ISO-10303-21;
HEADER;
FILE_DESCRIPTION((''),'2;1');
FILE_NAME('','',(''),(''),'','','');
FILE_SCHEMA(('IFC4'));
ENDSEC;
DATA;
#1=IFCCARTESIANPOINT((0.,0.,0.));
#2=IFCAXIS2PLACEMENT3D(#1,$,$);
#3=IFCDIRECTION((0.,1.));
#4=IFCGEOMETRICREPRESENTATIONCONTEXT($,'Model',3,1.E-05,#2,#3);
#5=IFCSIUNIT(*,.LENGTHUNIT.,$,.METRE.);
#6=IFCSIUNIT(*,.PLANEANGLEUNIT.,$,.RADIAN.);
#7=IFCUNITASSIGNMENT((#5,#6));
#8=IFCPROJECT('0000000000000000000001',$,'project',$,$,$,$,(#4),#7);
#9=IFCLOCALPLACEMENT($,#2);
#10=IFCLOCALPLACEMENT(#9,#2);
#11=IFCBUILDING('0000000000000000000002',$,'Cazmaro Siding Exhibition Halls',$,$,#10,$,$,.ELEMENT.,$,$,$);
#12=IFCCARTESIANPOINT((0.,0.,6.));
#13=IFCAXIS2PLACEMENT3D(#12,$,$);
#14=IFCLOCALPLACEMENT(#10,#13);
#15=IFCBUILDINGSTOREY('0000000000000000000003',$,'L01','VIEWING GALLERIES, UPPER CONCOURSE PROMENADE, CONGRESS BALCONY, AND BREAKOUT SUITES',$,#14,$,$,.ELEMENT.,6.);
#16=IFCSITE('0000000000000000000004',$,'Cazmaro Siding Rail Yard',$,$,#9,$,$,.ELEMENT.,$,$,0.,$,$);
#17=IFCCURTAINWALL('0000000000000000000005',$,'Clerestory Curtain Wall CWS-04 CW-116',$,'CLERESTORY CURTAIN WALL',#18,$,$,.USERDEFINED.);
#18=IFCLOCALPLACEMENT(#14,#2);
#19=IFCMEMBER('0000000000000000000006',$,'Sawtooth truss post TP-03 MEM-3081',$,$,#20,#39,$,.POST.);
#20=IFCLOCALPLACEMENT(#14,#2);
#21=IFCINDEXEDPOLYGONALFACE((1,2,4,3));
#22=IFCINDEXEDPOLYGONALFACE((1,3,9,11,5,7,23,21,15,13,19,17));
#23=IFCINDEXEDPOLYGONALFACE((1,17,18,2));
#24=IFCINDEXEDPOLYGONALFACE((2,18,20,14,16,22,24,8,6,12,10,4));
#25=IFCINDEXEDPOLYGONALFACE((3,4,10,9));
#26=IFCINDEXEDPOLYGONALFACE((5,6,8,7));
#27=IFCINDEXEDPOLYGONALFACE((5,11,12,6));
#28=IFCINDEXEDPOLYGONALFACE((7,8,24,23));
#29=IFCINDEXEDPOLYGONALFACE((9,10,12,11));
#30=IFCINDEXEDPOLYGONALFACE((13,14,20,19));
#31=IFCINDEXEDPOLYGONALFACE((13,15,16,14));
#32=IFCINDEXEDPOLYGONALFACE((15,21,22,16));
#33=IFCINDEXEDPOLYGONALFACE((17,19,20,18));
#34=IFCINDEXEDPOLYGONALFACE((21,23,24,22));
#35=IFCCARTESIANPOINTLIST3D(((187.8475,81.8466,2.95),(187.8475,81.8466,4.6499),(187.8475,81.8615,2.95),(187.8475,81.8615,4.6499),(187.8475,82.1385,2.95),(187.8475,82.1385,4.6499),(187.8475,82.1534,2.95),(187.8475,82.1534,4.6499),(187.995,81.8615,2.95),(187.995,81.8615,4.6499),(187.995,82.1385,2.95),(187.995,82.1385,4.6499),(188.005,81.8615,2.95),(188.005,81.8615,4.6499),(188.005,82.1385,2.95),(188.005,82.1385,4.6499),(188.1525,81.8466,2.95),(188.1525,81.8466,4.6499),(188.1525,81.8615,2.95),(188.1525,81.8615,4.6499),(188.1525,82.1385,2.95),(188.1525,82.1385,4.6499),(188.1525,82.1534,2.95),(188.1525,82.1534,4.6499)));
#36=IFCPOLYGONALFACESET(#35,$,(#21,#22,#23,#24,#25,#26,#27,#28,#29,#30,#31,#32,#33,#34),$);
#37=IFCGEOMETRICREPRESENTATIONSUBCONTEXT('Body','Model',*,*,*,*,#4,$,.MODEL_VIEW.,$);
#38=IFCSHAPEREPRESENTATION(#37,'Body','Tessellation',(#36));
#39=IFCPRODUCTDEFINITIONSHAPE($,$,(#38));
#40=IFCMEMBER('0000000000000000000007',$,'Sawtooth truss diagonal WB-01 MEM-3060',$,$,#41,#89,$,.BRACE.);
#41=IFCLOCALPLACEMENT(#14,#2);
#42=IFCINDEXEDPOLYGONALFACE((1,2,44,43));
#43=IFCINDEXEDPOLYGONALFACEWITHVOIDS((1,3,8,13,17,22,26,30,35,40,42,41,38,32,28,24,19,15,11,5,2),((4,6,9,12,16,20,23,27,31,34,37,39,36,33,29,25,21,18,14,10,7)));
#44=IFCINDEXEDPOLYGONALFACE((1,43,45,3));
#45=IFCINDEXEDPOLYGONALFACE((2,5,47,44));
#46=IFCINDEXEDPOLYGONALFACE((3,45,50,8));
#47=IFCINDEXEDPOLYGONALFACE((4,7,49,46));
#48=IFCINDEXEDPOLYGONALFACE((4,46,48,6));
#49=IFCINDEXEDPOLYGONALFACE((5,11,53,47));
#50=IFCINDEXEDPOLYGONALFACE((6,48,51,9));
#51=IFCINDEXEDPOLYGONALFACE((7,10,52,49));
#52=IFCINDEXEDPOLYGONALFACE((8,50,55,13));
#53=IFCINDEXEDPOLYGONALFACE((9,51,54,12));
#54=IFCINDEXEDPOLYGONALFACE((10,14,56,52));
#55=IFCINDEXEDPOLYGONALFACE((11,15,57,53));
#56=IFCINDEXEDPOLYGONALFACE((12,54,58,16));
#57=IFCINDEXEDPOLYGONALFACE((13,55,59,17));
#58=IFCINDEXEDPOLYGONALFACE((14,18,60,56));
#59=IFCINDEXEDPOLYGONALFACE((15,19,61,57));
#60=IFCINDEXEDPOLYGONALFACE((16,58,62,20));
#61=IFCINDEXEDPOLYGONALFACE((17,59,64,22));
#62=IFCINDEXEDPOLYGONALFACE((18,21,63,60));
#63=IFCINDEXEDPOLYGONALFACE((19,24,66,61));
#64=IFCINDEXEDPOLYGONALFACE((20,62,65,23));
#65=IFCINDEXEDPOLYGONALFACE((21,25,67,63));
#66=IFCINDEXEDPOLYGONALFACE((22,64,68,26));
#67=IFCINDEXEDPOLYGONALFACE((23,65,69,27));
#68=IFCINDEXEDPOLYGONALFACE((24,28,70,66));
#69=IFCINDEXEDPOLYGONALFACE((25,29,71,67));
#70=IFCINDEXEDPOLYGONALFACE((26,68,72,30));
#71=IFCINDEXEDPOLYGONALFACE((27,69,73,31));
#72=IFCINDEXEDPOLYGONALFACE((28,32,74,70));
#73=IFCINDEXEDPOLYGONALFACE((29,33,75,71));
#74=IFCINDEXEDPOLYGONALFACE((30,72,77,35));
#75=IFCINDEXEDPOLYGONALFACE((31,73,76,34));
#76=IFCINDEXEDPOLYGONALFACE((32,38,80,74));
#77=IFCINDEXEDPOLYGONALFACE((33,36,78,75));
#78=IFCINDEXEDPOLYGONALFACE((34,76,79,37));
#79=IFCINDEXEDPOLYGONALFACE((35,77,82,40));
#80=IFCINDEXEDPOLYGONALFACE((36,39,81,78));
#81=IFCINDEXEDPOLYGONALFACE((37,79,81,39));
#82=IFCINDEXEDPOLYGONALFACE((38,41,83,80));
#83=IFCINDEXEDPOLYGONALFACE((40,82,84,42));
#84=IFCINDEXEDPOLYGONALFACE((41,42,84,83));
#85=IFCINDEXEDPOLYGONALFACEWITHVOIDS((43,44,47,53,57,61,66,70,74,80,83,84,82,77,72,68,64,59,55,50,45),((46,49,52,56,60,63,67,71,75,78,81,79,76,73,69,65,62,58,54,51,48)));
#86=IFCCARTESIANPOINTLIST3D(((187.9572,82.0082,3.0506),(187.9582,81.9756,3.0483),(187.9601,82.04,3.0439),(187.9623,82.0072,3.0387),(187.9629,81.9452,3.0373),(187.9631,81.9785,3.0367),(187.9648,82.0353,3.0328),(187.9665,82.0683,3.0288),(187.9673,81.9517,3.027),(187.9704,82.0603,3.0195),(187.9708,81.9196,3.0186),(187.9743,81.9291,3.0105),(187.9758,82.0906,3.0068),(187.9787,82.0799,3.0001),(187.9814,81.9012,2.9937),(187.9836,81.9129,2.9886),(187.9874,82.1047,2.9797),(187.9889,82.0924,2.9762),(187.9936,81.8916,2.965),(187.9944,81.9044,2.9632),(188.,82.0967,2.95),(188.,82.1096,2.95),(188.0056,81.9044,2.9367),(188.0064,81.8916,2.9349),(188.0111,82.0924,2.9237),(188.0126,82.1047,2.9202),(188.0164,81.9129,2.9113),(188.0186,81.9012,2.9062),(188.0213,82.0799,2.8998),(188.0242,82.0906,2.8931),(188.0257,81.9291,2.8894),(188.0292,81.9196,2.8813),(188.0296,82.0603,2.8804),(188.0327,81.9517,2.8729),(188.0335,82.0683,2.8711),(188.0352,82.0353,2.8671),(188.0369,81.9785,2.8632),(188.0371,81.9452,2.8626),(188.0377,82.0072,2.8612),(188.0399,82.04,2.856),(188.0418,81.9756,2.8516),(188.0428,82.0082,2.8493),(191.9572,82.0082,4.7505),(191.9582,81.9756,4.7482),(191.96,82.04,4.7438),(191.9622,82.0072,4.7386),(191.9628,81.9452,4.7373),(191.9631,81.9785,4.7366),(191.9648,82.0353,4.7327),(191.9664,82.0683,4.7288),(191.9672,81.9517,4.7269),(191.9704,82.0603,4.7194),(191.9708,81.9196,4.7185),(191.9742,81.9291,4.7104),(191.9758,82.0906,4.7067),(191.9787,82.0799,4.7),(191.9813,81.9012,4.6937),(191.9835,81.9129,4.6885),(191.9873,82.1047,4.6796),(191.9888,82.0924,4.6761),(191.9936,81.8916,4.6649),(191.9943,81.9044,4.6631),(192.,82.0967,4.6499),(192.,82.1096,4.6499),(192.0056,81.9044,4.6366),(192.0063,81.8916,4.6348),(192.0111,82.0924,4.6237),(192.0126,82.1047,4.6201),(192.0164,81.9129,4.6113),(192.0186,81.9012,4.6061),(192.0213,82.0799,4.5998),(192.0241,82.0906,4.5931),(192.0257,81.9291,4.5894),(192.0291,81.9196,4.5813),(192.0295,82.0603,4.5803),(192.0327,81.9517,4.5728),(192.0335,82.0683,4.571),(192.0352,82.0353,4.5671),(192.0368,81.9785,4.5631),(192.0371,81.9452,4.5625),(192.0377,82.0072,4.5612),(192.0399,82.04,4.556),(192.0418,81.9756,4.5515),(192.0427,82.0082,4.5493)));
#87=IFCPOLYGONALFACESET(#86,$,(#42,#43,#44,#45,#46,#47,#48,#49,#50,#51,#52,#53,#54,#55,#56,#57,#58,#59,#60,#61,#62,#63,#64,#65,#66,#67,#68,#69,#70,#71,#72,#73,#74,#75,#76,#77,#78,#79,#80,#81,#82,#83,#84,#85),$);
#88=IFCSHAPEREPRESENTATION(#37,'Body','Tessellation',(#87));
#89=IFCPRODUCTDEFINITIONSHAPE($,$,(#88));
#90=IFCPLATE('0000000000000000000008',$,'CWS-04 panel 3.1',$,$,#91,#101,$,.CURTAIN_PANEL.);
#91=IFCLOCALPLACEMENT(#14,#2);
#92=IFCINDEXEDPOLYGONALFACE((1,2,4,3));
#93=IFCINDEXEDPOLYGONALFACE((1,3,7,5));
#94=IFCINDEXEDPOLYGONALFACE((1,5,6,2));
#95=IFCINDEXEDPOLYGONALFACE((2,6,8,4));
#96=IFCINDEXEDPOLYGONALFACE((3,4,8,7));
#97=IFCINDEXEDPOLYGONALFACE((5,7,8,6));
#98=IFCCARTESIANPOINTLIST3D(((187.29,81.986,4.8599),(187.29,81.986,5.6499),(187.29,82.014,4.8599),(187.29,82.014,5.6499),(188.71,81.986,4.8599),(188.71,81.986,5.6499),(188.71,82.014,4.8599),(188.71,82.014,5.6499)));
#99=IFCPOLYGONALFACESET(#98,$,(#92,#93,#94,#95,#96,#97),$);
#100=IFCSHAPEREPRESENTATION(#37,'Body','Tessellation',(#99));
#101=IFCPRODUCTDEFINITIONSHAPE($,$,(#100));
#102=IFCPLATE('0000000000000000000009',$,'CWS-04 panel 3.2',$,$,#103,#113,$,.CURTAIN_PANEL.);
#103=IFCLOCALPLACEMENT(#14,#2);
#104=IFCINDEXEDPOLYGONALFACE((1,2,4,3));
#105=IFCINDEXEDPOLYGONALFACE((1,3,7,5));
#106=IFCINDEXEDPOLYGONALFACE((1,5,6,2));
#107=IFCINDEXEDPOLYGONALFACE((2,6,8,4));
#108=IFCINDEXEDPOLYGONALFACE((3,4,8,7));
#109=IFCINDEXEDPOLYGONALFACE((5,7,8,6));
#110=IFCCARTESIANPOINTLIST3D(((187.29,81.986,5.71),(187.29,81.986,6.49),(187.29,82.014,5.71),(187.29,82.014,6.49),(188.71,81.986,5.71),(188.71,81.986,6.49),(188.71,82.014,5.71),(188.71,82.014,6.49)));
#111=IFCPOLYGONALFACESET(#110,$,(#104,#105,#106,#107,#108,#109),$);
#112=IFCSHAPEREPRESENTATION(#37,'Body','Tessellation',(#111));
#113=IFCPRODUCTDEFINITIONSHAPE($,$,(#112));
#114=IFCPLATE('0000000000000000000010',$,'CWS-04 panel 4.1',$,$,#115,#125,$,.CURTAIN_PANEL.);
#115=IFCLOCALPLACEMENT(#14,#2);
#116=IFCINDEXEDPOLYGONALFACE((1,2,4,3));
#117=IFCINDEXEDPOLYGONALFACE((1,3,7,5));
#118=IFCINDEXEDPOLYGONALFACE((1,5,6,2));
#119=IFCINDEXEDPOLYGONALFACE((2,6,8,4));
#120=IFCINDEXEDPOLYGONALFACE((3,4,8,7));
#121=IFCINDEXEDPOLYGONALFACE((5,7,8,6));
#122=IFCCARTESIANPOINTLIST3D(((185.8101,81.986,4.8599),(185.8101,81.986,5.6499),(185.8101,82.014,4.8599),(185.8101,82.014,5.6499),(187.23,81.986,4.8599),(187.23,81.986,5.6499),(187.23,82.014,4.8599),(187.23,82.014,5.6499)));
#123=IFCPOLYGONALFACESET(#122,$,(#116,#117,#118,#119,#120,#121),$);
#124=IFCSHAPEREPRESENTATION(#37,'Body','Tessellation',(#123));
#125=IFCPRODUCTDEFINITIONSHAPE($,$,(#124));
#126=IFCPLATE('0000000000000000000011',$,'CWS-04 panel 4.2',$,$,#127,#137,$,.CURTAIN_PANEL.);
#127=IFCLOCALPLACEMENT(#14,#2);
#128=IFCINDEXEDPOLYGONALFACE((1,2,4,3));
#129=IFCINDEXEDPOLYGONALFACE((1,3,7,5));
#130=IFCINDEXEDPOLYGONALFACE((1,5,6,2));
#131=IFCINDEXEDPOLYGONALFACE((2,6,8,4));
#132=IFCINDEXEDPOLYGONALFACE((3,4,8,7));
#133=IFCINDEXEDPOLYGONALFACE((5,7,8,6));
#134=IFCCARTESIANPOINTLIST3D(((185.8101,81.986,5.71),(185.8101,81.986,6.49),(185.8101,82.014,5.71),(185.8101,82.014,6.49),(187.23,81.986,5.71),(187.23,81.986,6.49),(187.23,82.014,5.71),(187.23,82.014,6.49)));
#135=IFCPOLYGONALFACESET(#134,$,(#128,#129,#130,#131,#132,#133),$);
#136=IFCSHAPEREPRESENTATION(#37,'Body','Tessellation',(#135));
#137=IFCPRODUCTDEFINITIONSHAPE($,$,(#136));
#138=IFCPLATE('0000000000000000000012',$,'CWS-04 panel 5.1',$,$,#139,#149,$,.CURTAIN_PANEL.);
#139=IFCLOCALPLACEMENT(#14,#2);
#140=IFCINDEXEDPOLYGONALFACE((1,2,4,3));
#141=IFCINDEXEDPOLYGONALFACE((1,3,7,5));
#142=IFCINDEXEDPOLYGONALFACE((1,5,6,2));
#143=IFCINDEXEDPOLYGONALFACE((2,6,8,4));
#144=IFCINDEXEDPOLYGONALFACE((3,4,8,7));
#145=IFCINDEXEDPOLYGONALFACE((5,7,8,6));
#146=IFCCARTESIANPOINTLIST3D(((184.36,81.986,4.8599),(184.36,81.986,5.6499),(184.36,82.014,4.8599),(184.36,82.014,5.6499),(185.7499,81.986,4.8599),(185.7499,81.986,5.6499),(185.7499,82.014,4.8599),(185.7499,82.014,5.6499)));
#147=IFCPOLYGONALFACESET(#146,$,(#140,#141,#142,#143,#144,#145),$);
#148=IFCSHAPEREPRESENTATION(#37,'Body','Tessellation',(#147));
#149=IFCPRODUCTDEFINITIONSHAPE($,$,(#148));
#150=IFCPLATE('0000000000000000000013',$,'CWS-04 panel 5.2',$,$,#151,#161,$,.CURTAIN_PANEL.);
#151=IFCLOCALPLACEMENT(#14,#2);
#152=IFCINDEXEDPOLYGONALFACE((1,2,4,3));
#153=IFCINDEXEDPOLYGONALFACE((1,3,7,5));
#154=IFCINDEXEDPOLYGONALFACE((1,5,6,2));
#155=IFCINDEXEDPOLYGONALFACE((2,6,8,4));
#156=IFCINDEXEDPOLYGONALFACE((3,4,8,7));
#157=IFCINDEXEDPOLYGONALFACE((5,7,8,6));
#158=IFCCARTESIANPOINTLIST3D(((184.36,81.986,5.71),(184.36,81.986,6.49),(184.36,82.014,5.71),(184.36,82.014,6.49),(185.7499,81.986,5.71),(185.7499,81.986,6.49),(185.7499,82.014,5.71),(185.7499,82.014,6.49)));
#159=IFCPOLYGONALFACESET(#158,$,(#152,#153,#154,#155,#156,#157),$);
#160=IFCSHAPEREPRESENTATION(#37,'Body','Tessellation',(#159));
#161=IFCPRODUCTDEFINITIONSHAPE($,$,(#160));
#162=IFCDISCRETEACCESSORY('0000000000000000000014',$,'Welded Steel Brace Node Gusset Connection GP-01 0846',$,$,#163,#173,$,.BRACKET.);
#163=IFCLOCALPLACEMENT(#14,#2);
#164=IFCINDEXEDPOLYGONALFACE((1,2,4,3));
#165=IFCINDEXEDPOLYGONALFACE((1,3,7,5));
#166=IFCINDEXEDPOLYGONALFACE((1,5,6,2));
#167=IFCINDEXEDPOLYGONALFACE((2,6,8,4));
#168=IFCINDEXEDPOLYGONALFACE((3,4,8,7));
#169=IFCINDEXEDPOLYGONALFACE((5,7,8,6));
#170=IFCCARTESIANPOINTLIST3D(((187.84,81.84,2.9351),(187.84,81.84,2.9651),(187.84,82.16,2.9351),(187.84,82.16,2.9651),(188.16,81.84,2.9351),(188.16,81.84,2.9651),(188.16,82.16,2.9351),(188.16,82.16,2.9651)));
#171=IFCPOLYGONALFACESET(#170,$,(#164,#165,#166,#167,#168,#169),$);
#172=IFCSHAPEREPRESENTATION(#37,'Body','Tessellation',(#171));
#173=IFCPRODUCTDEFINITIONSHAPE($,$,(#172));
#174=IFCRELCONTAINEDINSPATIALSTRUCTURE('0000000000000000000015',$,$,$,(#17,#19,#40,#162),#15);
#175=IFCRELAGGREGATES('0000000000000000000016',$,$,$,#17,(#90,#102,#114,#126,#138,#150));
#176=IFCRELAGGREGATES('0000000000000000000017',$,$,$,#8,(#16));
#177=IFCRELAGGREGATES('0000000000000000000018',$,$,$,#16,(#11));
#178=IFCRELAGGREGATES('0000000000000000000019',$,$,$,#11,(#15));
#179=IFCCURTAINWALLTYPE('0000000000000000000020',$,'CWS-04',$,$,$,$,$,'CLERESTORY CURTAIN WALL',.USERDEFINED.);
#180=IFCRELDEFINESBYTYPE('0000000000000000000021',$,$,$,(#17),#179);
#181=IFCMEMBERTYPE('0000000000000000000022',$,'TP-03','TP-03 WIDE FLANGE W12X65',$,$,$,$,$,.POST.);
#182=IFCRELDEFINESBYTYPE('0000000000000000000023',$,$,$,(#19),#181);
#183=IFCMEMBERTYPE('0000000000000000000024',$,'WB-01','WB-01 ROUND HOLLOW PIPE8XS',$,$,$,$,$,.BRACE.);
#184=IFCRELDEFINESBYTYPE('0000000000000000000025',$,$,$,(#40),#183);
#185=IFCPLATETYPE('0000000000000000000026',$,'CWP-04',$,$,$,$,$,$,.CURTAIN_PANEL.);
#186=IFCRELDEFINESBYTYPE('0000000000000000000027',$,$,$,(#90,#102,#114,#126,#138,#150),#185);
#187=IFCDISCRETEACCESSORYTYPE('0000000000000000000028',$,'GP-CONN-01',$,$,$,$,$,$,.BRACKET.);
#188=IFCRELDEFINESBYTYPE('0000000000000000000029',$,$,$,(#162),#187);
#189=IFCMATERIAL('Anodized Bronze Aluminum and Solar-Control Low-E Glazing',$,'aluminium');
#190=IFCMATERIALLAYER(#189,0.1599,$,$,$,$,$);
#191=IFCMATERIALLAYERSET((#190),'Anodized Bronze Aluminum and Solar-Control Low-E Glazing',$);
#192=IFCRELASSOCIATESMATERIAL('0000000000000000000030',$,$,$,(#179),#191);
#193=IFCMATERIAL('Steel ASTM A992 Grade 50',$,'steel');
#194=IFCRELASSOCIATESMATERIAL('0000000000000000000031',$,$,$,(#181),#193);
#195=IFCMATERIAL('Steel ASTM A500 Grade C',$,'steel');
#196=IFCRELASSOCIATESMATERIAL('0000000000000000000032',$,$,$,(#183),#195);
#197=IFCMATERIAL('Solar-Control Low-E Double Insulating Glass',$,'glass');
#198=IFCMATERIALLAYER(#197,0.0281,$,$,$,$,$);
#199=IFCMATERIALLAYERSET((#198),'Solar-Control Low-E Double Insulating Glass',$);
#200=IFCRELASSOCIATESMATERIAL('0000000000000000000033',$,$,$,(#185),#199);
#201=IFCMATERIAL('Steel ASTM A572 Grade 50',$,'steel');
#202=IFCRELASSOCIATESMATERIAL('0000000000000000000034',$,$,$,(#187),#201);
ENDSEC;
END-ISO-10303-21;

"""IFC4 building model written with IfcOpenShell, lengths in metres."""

from ifc_helpers import new_model, si_unit, direction, frame, origin, origin_2d, place, context, subcontext, project, spatial, rectangle, hollow_circle, i_section, extrude, material, layer, layer_set, material_profile, profile_set, type_object, element, aggregate, save


model = new_model("IFC4")

# Units and contexts
model_context = context("Model", 3, precision=1e-05, world=origin(), true_north=direction((0.0, 1.0)))
body_context = subcontext(model_context, "Body", "Model", "MODEL_VIEW")
ifc_project = project(units=[si_unit("LENGTHUNIT", "METRE"), si_unit("PLANEANGLEUNIT", "RADIAN")], contexts=[model_context])

# Site, building, storey
site_placement = place(None, origin())
site = spatial("IfcSite", under=ifc_project, at=site_placement, Name="Cazmaro Siding Rail Yard", CompositionType="ELEMENT", RefElevation=0.0)
building_placement = place(site_placement, origin())
building = spatial("IfcBuilding", under=site, at=building_placement, Name="Cazmaro Siding Exhibition Halls", CompositionType="ELEMENT")
storey_placement = place(building_placement, frame((0.0, 0.0, 6.0)))
storey = spatial("IfcBuildingStorey", under=building, at=storey_placement, Name="L01", Description="VIEWING GALLERIES, UPPER CONCOURSE PROMENADE, CONGRESS BALCONY, AND BREAKOUT SUITES", CompositionType="ELEMENT", Elevation=6.0)

# Curtain wall
ifc_material_1 = material(Name="Anodized Bronze Aluminum and Solar-Control Low-E Glazing", Category="aluminium")
ifc_layer_1 = layer(ifc_material_1, 0.1599)
ifc_layer_set_1 = layer_set([ifc_layer_1], Name="Anodized Bronze Aluminum and Solar-Control Low-E Glazing")
curtain_wall_type = type_object("IfcCurtainWallType", Name="CWS-04", ElementType="CLERESTORY CURTAIN WALL", PredefinedType="USERDEFINED", material=ifc_layer_set_1)
curtain_wall_placement = place(storey_placement, origin())
curtain_wall = element("IfcCurtainWall", 1, at=curtain_wall_placement, inside=storey, type_object=curtain_wall_type, Name="Clerestory Curtain Wall CWS-04 CW-116", ObjectType="CLERESTORY CURTAIN WALL", PredefinedType="USERDEFINED")

# Members
ifc_material_2 = material(Name="Steel ASTM A992 Grade 50", Category="steel")
ifc_material_profile_1 = material_profile(ifc_material_2, i_section(OverallWidth=0.3049, OverallDepth=0.3069, WebThickness=0.01, FlangeThickness=0.0149, at=origin_2d()), Name="W12X65")
ifc_profile_set_1 = profile_set([ifc_material_profile_1], Name="Steel ASTM A992 Grade 50")
member_type_1 = type_object("IfcMemberType", Name="TP-03", Description="TP-03 WIDE FLANGE W12X65", PredefinedType="POST", material=ifc_profile_set_1)
member_1_placement = place(storey_placement, frame((188.0, 82.0, 2.95), z_axis=(0.0, 0.0, 1.0), x_axis=(1.0, 0.0, 0.0)))
element("IfcMember", 2, at=member_1_placement, inside=storey, type_object=member_type_1, Name="Sawtooth truss post TP-03 MEM-3081", PredefinedType="POST", context=body_context, shape_type="SweptSolid", body=[
    extrude(i_section(OverallWidth=0.3049, OverallDepth=0.3069, WebThickness=0.01, FlangeThickness=0.0149, at=origin_2d()), origin(), (0.0, 0.0, 1.0), 1.7),
])
ifc_material_3 = material(Name="Steel ASTM A500 Grade C", Category="steel")
ifc_material_profile_2 = material_profile(ifc_material_3, hollow_circle(Radius=0.1096, WallThickness=0.0129, at=origin_2d()), Name="PIPE8XS")
ifc_profile_set_2 = profile_set([ifc_material_profile_2], Name="Steel ASTM A500 Grade C")
member_type_2 = type_object("IfcMemberType", Name="WB-01", Description="WB-01 ROUND HOLLOW PIPE8XS", PredefinedType="BRACE", material=ifc_profile_set_2)
member_2_placement = place(storey_placement, frame((188.0, 82.0, 2.95), z_axis=(0.920335, 0.0, 0.391131), x_axis=(0.0, 1.0, 0.0)))
element("IfcMember", 3, at=member_2_placement, inside=storey, type_object=member_type_2, Name="Sawtooth truss diagonal WB-01 MEM-3060", PredefinedType="BRACE", context=body_context, shape_type="SweptSolid", body=[
    extrude(hollow_circle(Radius=0.1096, WallThickness=0.0129, at=origin_2d()), origin(), (0.0, 0.0, 1.0), 4.3462),
])

# Plates
ifc_material_4 = material(Name="Solar-Control Low-E Double Insulating Glass", Category="glass")
ifc_layer_2 = layer(ifc_material_4, 0.0281)
ifc_layer_set_2 = layer_set([ifc_layer_2], Name="Solar-Control Low-E Double Insulating Glass")
plate_type = type_object("IfcPlateType", Name="CWP-04", PredefinedType="CURTAIN_PANEL", material=ifc_layer_set_2)
plate_1_placement = place(storey_placement, frame((188.0, 82.0, 4.8599), z_axis=(0.0, 0.0, 1.0), x_axis=(-1.0, 0.0, 0.0)))
plate_1 = element("IfcPlate", 4, at=plate_1_placement, type_object=plate_type, Name="CWS-04 panel 3.1", PredefinedType="CURTAIN_PANEL", context=body_context, shape_type="SweptSolid", body=[
    extrude(rectangle(XDim=1.4199, YDim=0.0281, at=origin_2d()), origin(), (0.0, 0.0, 1.0), 0.79),
])
plate_2_placement = place(storey_placement, frame((188.0, 82.0, 5.71), z_axis=(0.0, 0.0, 1.0), x_axis=(-1.0, 0.0, 0.0)))
plate_2 = element("IfcPlate", 5, at=plate_2_placement, type_object=plate_type, Name="CWS-04 panel 3.2", PredefinedType="CURTAIN_PANEL", context=body_context, shape_type="SweptSolid", body=[
    extrude(rectangle(XDim=1.4199, YDim=0.0281, at=origin_2d()), origin(), (0.0, 0.0, 1.0), 0.78),
])
plate_3_placement = place(storey_placement, frame((186.52, 82.0, 4.8599), z_axis=(0.0, 0.0, 1.0), x_axis=(-1.0, 0.0, 0.0)))
plate_3 = element("IfcPlate", 6, at=plate_3_placement, type_object=plate_type, Name="CWS-04 panel 4.1", PredefinedType="CURTAIN_PANEL", context=body_context, shape_type="SweptSolid", body=[
    extrude(rectangle(XDim=1.4199, YDim=0.0281, at=origin_2d()), origin(), (0.0, 0.0, 1.0), 0.79),
])
plate_4_placement = place(storey_placement, frame((186.52, 82.0, 5.71), z_axis=(0.0, 0.0, 1.0), x_axis=(-1.0, 0.0, 0.0)))
plate_4 = element("IfcPlate", 7, at=plate_4_placement, type_object=plate_type, Name="CWS-04 panel 4.2", PredefinedType="CURTAIN_PANEL", context=body_context, shape_type="SweptSolid", body=[
    extrude(rectangle(XDim=1.4199, YDim=0.0281, at=origin_2d()), origin(), (0.0, 0.0, 1.0), 0.78),
])
plate_5_placement = place(storey_placement, frame((185.0549, 82.0, 4.8599), z_axis=(0.0, 0.0, 1.0), x_axis=(-1.0, 0.0, 0.0)))
plate_5 = element("IfcPlate", 8, at=plate_5_placement, type_object=plate_type, Name="CWS-04 panel 5.1", PredefinedType="CURTAIN_PANEL", context=body_context, shape_type="SweptSolid", body=[
    extrude(rectangle(XDim=1.3899, YDim=0.0281, at=origin_2d()), origin(), (0.0, 0.0, 1.0), 0.79),
])
plate_6_placement = place(storey_placement, frame((185.0549, 82.0, 5.71), z_axis=(0.0, 0.0, 1.0), x_axis=(-1.0, 0.0, 0.0)))
plate_6 = element("IfcPlate", 9, at=plate_6_placement, type_object=plate_type, Name="CWS-04 panel 5.2", PredefinedType="CURTAIN_PANEL", context=body_context, shape_type="SweptSolid", body=[
    extrude(rectangle(XDim=1.3899, YDim=0.0281, at=origin_2d()), origin(), (0.0, 0.0, 1.0), 0.78),
])
aggregate(curtain_wall, [plate_1, plate_2, plate_3, plate_4, plate_5, plate_6])

# Discrete accessory
ifc_material_5 = material(Name="Steel ASTM A572 Grade 50", Category="steel")
discrete_accessory_type = type_object("IfcDiscreteAccessoryType", Name="GP-CONN-01", PredefinedType="BRACKET", material=ifc_material_5)
discrete_accessory_placement = place(storey_placement, frame((188.0, 82.0, 2.9351), z_axis=(0.0, 0.0, 1.0), x_axis=(1.0, 0.0, 0.0)))
element("IfcDiscreteAccessory", 10, at=discrete_accessory_placement, inside=storey, type_object=discrete_accessory_type, Name="Welded Steel Brace Node Gusset Connection GP-01 0846", PredefinedType="BRACKET", context=body_context, shape_type="SweptSolid", body=[
    extrude(rectangle(XDim=0.3201, YDim=0.3201, at=origin_2d()), origin(), (0.0, 0.0, 1.0), 0.03),
])

save(model, "model.ifc")
